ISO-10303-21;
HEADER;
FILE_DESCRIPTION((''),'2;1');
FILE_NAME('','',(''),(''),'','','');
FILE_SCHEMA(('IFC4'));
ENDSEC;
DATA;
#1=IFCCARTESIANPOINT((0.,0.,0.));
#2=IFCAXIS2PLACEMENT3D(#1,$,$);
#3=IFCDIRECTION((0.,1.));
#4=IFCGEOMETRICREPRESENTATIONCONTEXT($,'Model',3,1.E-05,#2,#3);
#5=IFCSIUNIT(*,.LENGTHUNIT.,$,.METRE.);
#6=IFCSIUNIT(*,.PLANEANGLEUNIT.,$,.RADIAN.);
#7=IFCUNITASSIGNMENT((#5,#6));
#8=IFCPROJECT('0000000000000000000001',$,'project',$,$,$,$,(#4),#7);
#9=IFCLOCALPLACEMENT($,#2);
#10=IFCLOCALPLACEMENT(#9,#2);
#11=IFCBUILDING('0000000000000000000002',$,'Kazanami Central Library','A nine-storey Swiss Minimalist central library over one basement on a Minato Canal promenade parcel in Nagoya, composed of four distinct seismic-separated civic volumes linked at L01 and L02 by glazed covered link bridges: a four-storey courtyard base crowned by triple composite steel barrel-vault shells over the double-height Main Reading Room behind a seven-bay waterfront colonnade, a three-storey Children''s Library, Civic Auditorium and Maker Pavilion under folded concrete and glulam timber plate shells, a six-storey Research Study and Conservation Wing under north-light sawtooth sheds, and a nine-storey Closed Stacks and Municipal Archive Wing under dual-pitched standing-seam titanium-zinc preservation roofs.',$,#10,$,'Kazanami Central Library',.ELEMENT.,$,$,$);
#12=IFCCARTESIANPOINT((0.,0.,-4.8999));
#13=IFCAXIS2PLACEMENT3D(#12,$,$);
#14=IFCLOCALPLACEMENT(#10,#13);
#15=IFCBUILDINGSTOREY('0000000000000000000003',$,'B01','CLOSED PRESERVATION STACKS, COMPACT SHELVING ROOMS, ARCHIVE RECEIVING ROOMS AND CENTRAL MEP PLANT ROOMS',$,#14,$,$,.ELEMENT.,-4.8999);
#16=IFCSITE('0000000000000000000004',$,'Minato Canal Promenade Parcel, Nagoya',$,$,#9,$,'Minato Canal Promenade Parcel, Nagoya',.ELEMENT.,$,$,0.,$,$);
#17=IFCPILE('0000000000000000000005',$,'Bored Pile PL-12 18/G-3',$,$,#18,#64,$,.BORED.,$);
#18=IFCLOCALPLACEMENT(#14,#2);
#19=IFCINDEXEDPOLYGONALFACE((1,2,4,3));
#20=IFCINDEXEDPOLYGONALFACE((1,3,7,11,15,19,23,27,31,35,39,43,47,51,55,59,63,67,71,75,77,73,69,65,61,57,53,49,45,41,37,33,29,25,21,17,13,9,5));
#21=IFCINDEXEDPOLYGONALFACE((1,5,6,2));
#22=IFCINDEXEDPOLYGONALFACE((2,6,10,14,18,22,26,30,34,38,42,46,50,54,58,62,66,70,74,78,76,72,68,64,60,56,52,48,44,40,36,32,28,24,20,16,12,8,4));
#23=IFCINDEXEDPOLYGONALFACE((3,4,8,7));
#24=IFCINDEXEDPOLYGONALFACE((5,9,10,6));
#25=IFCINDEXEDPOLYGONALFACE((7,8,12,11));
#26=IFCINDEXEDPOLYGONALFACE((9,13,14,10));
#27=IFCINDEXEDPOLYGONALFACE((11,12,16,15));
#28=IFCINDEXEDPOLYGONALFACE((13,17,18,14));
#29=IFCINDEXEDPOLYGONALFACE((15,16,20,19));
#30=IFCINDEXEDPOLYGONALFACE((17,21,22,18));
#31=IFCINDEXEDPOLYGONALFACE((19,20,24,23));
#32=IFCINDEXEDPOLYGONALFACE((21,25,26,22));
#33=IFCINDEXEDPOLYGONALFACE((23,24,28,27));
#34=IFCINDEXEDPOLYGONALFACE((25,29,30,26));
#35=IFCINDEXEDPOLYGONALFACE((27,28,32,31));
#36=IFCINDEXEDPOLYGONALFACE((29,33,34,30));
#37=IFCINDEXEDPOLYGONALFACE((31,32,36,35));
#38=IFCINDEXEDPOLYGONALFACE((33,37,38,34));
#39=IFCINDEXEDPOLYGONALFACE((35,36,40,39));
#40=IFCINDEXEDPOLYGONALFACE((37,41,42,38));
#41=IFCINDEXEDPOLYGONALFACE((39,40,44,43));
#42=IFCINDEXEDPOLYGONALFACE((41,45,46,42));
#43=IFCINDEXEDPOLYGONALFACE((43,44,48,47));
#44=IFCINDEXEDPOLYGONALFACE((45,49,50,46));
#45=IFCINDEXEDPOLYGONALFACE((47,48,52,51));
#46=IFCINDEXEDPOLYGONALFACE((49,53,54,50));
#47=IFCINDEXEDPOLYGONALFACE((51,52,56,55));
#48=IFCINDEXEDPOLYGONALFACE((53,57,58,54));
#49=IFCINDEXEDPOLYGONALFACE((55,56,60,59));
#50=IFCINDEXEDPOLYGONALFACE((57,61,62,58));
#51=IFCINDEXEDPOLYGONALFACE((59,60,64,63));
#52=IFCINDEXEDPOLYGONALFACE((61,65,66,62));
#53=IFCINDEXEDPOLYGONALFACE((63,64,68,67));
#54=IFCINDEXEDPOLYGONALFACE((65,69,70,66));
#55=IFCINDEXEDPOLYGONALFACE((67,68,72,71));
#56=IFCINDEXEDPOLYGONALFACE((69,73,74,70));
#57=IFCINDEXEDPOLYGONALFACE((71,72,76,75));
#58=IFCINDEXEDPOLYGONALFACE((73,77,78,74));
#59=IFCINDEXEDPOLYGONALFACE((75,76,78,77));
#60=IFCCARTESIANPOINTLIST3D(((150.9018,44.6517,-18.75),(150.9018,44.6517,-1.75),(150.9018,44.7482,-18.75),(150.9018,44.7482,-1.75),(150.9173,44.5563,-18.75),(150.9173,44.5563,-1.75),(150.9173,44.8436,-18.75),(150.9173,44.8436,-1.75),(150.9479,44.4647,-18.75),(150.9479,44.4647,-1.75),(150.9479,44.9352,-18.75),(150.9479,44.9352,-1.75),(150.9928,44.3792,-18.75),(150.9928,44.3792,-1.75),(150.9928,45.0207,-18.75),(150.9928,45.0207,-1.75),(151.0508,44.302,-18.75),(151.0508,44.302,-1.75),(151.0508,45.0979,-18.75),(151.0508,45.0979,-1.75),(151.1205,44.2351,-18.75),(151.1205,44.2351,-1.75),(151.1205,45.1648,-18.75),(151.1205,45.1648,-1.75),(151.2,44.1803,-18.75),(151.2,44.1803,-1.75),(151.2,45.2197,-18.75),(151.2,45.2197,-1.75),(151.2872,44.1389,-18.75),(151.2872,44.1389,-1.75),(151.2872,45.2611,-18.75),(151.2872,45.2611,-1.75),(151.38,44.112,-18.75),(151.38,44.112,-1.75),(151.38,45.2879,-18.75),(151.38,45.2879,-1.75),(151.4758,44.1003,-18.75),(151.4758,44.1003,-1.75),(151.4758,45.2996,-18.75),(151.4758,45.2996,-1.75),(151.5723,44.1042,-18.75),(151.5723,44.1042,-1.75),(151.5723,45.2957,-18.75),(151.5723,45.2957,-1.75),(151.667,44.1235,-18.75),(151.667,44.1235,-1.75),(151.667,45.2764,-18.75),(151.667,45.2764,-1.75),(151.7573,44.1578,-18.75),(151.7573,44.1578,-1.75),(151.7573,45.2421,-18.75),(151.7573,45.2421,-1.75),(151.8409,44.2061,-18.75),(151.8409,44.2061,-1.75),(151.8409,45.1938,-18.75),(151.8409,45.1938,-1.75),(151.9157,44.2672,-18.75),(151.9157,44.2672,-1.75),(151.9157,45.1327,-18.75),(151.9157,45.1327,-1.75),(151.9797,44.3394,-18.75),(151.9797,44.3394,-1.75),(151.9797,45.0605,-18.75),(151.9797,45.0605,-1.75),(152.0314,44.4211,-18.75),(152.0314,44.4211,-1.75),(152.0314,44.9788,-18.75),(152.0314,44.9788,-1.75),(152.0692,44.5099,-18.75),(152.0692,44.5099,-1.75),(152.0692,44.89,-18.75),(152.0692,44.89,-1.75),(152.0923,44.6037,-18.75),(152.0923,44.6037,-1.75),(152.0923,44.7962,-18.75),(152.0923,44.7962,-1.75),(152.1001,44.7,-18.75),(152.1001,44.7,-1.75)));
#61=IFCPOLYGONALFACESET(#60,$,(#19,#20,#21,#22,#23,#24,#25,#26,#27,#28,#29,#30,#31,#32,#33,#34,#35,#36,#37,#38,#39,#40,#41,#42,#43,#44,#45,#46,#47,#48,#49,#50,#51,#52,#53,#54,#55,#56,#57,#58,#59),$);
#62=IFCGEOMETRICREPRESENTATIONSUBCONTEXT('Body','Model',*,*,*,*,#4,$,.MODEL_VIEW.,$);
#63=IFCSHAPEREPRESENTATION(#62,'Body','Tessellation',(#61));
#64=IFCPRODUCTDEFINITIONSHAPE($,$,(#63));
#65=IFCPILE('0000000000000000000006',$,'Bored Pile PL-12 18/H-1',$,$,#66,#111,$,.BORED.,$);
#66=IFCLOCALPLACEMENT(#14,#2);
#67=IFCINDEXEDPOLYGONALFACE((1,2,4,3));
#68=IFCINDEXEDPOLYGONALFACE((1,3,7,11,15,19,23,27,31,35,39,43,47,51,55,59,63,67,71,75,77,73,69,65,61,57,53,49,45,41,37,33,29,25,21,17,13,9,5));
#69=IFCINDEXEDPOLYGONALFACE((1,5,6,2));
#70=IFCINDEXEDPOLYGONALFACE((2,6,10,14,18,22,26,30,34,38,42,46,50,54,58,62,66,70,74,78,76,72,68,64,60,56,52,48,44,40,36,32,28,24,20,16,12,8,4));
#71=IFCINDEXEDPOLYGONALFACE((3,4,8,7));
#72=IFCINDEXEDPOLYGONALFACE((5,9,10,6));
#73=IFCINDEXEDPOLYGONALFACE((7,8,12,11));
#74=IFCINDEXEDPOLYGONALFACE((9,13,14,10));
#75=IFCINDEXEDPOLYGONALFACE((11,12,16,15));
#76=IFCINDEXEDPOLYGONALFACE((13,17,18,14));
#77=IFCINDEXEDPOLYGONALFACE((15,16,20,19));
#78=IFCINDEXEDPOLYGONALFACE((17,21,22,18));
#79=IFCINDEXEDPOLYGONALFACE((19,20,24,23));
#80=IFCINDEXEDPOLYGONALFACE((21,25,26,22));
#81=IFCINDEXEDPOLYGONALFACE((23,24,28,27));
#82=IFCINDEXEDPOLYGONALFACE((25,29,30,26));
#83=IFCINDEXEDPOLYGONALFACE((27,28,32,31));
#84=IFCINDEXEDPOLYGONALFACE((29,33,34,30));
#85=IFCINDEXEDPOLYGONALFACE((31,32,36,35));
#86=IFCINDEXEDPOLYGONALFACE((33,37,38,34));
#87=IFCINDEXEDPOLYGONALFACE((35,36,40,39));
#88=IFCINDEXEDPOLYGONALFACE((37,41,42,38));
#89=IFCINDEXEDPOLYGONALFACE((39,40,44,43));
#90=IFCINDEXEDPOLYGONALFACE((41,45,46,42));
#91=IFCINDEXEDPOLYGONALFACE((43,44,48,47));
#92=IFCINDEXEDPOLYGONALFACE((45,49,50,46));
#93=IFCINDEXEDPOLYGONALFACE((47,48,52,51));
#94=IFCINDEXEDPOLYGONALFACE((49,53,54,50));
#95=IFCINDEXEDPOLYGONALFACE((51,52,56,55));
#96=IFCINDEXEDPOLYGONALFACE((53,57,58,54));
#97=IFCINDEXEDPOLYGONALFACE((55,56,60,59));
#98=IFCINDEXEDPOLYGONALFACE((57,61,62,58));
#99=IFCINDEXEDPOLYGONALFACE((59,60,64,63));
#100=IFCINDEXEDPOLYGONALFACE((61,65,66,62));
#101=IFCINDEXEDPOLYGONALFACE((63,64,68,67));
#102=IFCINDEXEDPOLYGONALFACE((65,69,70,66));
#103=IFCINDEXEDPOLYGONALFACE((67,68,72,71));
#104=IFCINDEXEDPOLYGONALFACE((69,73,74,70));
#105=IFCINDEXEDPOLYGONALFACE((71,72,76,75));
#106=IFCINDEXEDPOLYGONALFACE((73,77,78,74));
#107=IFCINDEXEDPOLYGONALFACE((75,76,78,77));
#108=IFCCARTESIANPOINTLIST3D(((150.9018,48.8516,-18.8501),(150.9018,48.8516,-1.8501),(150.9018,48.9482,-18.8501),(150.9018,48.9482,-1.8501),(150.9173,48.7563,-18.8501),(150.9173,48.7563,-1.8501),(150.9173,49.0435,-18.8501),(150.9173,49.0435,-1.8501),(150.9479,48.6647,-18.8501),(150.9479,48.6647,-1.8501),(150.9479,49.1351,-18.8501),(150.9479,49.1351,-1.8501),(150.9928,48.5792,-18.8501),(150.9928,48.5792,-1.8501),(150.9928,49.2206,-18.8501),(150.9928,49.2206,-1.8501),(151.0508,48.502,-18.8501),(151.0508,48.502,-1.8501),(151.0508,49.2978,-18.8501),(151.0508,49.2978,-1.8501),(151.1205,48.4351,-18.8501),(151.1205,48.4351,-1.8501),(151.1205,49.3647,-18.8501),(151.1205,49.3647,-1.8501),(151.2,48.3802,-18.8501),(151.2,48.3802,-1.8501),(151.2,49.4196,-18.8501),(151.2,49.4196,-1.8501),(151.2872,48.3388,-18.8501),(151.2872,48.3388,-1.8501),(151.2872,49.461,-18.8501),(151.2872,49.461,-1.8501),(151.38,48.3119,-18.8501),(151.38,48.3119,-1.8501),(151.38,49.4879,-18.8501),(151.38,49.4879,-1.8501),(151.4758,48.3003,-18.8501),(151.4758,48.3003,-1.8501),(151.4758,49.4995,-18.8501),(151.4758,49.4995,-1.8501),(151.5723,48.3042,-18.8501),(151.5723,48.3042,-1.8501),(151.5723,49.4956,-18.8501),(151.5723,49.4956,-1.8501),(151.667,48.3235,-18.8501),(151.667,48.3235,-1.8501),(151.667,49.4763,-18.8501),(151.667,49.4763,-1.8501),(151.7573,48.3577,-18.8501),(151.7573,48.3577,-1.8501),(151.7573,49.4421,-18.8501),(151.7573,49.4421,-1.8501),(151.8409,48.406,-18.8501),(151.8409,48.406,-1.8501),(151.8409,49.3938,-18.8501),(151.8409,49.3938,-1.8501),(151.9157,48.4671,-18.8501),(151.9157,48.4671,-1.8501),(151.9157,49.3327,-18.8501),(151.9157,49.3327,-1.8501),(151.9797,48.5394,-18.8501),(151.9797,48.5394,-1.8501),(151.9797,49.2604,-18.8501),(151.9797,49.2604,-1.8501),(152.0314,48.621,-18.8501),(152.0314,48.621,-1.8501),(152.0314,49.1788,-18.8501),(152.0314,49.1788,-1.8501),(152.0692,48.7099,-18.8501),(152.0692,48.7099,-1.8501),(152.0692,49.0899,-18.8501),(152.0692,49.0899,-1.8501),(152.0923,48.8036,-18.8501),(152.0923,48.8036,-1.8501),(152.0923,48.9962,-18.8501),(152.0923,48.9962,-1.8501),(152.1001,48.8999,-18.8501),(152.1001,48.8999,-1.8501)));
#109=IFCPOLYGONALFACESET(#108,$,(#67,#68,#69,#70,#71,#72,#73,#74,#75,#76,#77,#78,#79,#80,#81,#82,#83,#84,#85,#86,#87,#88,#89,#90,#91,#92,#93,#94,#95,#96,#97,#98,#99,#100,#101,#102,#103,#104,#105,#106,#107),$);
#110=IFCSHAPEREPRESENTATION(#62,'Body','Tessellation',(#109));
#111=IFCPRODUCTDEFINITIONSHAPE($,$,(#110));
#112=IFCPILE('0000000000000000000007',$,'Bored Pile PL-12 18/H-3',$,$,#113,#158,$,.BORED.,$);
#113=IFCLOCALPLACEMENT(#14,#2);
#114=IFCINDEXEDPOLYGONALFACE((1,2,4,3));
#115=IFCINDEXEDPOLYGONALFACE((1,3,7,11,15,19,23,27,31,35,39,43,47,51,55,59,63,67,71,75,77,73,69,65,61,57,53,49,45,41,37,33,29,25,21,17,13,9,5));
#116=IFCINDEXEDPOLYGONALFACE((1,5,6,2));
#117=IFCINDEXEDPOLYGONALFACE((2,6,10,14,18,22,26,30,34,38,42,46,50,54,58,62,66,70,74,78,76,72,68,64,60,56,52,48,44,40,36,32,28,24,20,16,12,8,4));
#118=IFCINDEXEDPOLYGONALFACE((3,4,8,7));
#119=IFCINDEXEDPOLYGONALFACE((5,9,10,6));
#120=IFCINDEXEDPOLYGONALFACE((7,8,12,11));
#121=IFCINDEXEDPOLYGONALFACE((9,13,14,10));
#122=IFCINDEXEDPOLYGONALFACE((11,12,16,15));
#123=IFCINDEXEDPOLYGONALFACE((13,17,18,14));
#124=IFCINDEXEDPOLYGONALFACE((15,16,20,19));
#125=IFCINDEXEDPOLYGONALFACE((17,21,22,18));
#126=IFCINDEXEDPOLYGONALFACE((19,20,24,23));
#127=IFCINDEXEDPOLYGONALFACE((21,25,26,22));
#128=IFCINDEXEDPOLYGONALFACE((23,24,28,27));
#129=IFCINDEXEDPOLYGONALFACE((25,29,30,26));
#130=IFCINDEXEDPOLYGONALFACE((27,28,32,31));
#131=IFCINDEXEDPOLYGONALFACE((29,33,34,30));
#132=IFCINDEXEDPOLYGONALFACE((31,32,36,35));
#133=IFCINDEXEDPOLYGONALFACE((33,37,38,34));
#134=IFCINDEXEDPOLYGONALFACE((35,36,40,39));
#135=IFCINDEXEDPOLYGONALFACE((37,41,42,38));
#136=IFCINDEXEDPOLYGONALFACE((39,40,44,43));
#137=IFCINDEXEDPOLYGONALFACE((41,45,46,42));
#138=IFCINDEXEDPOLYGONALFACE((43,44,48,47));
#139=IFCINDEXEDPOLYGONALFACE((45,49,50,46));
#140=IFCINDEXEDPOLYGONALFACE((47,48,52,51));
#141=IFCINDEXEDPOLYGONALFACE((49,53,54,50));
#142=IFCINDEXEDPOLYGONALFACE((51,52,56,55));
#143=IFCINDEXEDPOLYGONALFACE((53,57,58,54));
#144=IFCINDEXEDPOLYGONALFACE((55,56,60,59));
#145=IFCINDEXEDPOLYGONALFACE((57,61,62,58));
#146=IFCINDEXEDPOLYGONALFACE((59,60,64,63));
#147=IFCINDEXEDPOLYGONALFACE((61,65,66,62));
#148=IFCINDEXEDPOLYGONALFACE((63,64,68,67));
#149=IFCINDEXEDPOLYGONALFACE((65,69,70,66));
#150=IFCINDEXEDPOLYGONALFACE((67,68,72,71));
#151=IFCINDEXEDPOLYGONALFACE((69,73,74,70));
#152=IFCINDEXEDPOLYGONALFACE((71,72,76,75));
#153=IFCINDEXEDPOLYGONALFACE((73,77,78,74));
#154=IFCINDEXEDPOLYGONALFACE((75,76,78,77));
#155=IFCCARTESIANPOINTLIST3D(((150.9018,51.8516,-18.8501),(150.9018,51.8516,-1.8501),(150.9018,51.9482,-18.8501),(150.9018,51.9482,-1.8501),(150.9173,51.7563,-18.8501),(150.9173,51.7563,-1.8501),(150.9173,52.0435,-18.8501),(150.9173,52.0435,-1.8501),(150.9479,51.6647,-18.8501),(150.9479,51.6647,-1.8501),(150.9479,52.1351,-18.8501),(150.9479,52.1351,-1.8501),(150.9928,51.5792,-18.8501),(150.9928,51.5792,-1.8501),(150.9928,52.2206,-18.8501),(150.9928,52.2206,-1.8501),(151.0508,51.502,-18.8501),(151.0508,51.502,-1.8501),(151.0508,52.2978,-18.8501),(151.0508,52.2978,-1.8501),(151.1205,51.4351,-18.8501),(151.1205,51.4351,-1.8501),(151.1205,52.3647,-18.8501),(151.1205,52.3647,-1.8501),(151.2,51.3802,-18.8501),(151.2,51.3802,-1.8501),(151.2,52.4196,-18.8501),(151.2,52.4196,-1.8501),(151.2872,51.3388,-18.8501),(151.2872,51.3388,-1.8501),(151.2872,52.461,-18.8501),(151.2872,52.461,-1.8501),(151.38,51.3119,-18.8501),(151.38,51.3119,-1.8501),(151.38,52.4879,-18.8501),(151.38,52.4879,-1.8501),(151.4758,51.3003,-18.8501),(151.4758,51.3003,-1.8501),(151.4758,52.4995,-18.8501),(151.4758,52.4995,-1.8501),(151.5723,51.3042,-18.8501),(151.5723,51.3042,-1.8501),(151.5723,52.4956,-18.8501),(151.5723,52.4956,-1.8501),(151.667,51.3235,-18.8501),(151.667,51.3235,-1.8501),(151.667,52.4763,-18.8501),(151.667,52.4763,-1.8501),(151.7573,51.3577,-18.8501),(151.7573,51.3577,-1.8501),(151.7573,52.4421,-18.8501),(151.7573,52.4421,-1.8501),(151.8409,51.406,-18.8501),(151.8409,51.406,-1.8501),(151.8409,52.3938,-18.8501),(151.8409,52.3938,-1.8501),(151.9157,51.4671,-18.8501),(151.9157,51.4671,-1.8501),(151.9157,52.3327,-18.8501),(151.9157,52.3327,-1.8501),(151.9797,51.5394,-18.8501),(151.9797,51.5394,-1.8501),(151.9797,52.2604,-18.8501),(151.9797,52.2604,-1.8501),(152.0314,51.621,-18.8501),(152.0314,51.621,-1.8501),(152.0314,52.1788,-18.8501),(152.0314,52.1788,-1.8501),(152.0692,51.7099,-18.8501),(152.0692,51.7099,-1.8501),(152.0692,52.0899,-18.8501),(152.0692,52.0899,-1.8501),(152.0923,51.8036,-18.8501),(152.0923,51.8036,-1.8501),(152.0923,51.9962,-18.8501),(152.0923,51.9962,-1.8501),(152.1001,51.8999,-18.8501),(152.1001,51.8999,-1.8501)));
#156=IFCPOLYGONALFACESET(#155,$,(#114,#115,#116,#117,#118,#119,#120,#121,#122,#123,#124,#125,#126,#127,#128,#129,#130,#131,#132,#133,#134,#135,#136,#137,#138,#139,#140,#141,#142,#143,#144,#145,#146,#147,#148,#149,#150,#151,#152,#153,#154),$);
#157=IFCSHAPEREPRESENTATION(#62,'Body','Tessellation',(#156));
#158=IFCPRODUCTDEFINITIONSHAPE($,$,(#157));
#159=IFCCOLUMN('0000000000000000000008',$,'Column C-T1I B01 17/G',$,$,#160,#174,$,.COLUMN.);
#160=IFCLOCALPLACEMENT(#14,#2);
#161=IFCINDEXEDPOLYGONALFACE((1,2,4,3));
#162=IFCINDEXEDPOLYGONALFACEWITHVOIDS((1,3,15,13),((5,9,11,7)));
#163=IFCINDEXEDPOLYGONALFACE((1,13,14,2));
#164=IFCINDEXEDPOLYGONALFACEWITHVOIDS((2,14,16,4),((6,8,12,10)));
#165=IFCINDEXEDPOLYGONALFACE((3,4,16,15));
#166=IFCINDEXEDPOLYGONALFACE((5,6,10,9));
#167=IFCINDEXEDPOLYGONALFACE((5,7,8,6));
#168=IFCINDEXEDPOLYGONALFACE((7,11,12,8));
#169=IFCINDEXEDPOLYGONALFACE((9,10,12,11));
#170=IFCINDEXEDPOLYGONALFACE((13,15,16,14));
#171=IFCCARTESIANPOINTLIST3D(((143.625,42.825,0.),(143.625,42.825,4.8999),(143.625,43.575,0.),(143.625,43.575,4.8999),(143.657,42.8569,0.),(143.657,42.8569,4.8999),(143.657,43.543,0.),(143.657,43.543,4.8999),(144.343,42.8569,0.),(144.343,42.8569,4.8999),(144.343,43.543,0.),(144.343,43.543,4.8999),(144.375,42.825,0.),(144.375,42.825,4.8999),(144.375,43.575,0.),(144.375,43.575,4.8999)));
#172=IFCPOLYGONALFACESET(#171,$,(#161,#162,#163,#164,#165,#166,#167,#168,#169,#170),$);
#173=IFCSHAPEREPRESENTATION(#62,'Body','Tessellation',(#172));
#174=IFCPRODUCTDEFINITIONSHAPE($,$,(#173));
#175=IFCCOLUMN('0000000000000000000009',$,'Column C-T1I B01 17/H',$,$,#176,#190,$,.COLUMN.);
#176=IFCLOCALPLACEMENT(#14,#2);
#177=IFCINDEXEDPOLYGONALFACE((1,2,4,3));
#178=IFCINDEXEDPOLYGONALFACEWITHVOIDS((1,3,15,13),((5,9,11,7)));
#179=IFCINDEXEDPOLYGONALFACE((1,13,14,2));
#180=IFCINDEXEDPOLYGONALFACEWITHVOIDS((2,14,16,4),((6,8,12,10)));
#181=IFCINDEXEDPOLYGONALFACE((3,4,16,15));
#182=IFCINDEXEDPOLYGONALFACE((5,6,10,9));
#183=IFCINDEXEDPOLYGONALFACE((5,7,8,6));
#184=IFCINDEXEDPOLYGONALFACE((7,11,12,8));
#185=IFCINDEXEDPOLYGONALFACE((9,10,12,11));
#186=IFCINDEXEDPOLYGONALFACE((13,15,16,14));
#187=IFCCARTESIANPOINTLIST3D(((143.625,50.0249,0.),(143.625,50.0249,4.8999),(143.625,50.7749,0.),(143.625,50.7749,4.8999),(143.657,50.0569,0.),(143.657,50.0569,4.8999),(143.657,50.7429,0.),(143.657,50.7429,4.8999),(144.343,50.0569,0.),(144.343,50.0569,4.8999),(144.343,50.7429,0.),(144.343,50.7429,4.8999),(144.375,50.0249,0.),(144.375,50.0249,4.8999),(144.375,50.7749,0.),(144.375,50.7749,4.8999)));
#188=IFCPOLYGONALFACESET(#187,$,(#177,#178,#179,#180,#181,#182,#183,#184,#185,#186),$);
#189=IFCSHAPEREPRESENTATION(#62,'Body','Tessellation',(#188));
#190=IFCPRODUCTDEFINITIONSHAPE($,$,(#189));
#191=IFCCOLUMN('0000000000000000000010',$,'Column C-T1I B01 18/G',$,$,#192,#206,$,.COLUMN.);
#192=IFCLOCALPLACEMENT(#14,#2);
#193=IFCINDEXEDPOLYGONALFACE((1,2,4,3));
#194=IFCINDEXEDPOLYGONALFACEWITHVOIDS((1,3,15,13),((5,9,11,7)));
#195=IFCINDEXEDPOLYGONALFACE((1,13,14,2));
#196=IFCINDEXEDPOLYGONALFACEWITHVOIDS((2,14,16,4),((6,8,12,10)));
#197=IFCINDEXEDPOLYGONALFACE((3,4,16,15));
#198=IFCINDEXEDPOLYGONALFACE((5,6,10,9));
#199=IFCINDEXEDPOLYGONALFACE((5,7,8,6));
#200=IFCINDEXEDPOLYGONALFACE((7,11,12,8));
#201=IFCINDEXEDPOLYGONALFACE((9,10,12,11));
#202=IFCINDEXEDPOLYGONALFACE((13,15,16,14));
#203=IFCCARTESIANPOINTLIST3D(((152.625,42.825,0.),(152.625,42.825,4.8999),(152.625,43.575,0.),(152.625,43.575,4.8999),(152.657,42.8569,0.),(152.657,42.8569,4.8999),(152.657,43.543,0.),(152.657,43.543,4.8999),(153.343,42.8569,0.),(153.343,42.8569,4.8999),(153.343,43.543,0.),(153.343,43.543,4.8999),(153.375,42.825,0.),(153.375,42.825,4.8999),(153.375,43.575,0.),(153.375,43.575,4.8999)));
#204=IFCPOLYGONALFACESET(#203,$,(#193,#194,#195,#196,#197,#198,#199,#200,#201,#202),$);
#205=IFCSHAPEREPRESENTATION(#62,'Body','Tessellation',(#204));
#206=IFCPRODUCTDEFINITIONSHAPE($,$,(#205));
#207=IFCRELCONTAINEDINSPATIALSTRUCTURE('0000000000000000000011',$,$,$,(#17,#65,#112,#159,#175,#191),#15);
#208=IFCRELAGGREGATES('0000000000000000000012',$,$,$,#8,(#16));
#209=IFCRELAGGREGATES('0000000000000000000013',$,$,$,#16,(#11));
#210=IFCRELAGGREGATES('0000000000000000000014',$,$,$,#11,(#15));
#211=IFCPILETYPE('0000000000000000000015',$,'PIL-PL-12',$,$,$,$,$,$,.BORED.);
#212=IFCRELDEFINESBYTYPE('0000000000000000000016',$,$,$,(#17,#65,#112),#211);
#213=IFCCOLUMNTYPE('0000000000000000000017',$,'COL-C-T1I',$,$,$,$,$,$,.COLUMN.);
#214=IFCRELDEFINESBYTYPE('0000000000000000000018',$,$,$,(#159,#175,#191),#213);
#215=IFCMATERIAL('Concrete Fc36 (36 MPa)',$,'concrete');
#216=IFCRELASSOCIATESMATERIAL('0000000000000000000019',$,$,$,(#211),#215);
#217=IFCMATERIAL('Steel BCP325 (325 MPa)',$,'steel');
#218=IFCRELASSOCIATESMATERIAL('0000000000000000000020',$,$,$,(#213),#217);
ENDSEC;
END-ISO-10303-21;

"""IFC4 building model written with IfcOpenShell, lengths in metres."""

from ifc_helpers import new_model, si_unit, direction, frame, origin, origin_2d, place, context, subcontext, project, spatial, hollow_rectangle, circle, extrude, material, material_profile, profile_set, type_object, element, save


model = new_model("IFC4")

# Units and contexts
model_context = context("Model", 3, precision=1e-05, world=origin(), true_north=direction((0.0, 1.0)))
body_context = subcontext(model_context, "Body", "Model", "MODEL_VIEW")
ifc_project = project(units=[si_unit("LENGTHUNIT", "METRE"), si_unit("PLANEANGLEUNIT", "RADIAN")], contexts=[model_context])

# Site, building, storey
site_placement = place(None, origin())
site = spatial("IfcSite", under=ifc_project, at=site_placement, Name="Minato Canal Promenade Parcel, Nagoya", LongName="Minato Canal Promenade Parcel, Nagoya", CompositionType="ELEMENT", RefElevation=0.0)
building_placement = place(site_placement, origin())
building = spatial("IfcBuilding", under=site, at=building_placement, Name="Kazanami Central Library", Description="A nine-storey Swiss Minimalist central library over one basement on a Minato Canal promenade parcel in Nagoya, composed of four distinct seismic-separated civic volumes linked at L01 and L02 by glazed covered link bridges: a four-storey courtyard base crowned by triple composite steel barrel-vault shells over the double-height Main Reading Room behind a seven-bay waterfront colonnade, a three-storey Children's Library, Civic Auditorium and Maker Pavilion under folded concrete and glulam timber plate shells, a six-storey Research Study and Conservation Wing under north-light sawtooth sheds, and a nine-storey Closed Stacks and Municipal Archive Wing under dual-pitched standing-seam titanium-zinc preservation roofs.", LongName="Kazanami Central Library", CompositionType="ELEMENT")
storey_placement = place(building_placement, frame((0.0, 0.0, -4.8999)))
storey = spatial("IfcBuildingStorey", under=building, at=storey_placement, Name="B01", Description="CLOSED PRESERVATION STACKS, COMPACT SHELVING ROOMS, ARCHIVE RECEIVING ROOMS AND CENTRAL MEP PLANT ROOMS", CompositionType="ELEMENT", Elevation=-4.8999)

# Shared definitions
ifc_material_1 = material(Name="Concrete Fc36 (36 MPa)", Category="concrete")

# Piles
ifc_material_profile_1 = material_profile(ifc_material_1, circle(Radius=0.6001, at=origin_2d()), Name="BORED-D1200")
ifc_profile_set_1 = profile_set([ifc_material_profile_1], Name="Concrete Fc36 (36 MPa)")
pile_type = type_object("IfcPileType", Name="PIL-PL-12", PredefinedType="BORED", material=ifc_profile_set_1)
for number, where, z_axis, x_axis, name in (
    (1, (151.5, 44.7, -1.75), (0.0, 0.0, -1.0), (1.0, 0.0, 0.0), "Bored Pile PL-12 18/G-3"),
    (2, (151.5, 48.8999, -1.8501), (0.0, 0.0, -1.0), (1.0, 0.0, 0.0), "Bored Pile PL-12 18/H-1"),
    (3, (151.5, 51.8999, -1.8501), (0.0, 0.0, -1.0), (1.0, 0.0, 0.0), "Bored Pile PL-12 18/H-3"),
):
    element("IfcPile", number, at=place(storey_placement, frame(where, z_axis=z_axis, x_axis=x_axis)), inside=storey, type_object=pile_type, Name=name, PredefinedType="BORED", context=body_context, shape_type="SweptSolid", body=[
        extrude(circle(Radius=0.6001, at=origin_2d()), origin(), (0.0, 0.0, 1.0), 17.0),
    ])

# Columns
ifc_material_2 = material(Name="Steel BCP325 (325 MPa)", Category="steel")
ifc_material_profile_2 = material_profile(ifc_material_2, hollow_rectangle(XDim=0.75, YDim=0.75, WallThickness=0.032, at=origin_2d()), Name="BCP-750x750x32")
ifc_profile_set_2 = profile_set([ifc_material_profile_2], Name="Steel BCP325 (325 MPa)")
column_type = type_object("IfcColumnType", Name="COL-C-T1I", PredefinedType="COLUMN", material=ifc_profile_set_2)
for number, where, z_axis, x_axis, name in (
    (4, (144.0, 43.2, 0.0), (0.0, 0.0, 1.0), (1.0, 0.0, 0.0), "Column C-T1I B01 17/G"),
    (5, (144.0, 50.3999, 0.0), (0.0, 0.0, 1.0), (1.0, 0.0, 0.0), "Column C-T1I B01 17/H"),
    (6, (153.0, 43.2, 0.0), (0.0, 0.0, 1.0), (1.0, 0.0, 0.0), "Column C-T1I B01 18/G"),
):
    element("IfcColumn", number, at=place(storey_placement, frame(where, z_axis=z_axis, x_axis=x_axis)), inside=storey, type_object=column_type, Name=name, PredefinedType="COLUMN", context=body_context, shape_type="SweptSolid", body=[
        extrude(hollow_rectangle(XDim=0.75, YDim=0.75, WallThickness=0.032, at=origin_2d()), origin(), (0.0, 0.0, 1.0), 4.8999),
    ])

save(model, "model.ifc")
